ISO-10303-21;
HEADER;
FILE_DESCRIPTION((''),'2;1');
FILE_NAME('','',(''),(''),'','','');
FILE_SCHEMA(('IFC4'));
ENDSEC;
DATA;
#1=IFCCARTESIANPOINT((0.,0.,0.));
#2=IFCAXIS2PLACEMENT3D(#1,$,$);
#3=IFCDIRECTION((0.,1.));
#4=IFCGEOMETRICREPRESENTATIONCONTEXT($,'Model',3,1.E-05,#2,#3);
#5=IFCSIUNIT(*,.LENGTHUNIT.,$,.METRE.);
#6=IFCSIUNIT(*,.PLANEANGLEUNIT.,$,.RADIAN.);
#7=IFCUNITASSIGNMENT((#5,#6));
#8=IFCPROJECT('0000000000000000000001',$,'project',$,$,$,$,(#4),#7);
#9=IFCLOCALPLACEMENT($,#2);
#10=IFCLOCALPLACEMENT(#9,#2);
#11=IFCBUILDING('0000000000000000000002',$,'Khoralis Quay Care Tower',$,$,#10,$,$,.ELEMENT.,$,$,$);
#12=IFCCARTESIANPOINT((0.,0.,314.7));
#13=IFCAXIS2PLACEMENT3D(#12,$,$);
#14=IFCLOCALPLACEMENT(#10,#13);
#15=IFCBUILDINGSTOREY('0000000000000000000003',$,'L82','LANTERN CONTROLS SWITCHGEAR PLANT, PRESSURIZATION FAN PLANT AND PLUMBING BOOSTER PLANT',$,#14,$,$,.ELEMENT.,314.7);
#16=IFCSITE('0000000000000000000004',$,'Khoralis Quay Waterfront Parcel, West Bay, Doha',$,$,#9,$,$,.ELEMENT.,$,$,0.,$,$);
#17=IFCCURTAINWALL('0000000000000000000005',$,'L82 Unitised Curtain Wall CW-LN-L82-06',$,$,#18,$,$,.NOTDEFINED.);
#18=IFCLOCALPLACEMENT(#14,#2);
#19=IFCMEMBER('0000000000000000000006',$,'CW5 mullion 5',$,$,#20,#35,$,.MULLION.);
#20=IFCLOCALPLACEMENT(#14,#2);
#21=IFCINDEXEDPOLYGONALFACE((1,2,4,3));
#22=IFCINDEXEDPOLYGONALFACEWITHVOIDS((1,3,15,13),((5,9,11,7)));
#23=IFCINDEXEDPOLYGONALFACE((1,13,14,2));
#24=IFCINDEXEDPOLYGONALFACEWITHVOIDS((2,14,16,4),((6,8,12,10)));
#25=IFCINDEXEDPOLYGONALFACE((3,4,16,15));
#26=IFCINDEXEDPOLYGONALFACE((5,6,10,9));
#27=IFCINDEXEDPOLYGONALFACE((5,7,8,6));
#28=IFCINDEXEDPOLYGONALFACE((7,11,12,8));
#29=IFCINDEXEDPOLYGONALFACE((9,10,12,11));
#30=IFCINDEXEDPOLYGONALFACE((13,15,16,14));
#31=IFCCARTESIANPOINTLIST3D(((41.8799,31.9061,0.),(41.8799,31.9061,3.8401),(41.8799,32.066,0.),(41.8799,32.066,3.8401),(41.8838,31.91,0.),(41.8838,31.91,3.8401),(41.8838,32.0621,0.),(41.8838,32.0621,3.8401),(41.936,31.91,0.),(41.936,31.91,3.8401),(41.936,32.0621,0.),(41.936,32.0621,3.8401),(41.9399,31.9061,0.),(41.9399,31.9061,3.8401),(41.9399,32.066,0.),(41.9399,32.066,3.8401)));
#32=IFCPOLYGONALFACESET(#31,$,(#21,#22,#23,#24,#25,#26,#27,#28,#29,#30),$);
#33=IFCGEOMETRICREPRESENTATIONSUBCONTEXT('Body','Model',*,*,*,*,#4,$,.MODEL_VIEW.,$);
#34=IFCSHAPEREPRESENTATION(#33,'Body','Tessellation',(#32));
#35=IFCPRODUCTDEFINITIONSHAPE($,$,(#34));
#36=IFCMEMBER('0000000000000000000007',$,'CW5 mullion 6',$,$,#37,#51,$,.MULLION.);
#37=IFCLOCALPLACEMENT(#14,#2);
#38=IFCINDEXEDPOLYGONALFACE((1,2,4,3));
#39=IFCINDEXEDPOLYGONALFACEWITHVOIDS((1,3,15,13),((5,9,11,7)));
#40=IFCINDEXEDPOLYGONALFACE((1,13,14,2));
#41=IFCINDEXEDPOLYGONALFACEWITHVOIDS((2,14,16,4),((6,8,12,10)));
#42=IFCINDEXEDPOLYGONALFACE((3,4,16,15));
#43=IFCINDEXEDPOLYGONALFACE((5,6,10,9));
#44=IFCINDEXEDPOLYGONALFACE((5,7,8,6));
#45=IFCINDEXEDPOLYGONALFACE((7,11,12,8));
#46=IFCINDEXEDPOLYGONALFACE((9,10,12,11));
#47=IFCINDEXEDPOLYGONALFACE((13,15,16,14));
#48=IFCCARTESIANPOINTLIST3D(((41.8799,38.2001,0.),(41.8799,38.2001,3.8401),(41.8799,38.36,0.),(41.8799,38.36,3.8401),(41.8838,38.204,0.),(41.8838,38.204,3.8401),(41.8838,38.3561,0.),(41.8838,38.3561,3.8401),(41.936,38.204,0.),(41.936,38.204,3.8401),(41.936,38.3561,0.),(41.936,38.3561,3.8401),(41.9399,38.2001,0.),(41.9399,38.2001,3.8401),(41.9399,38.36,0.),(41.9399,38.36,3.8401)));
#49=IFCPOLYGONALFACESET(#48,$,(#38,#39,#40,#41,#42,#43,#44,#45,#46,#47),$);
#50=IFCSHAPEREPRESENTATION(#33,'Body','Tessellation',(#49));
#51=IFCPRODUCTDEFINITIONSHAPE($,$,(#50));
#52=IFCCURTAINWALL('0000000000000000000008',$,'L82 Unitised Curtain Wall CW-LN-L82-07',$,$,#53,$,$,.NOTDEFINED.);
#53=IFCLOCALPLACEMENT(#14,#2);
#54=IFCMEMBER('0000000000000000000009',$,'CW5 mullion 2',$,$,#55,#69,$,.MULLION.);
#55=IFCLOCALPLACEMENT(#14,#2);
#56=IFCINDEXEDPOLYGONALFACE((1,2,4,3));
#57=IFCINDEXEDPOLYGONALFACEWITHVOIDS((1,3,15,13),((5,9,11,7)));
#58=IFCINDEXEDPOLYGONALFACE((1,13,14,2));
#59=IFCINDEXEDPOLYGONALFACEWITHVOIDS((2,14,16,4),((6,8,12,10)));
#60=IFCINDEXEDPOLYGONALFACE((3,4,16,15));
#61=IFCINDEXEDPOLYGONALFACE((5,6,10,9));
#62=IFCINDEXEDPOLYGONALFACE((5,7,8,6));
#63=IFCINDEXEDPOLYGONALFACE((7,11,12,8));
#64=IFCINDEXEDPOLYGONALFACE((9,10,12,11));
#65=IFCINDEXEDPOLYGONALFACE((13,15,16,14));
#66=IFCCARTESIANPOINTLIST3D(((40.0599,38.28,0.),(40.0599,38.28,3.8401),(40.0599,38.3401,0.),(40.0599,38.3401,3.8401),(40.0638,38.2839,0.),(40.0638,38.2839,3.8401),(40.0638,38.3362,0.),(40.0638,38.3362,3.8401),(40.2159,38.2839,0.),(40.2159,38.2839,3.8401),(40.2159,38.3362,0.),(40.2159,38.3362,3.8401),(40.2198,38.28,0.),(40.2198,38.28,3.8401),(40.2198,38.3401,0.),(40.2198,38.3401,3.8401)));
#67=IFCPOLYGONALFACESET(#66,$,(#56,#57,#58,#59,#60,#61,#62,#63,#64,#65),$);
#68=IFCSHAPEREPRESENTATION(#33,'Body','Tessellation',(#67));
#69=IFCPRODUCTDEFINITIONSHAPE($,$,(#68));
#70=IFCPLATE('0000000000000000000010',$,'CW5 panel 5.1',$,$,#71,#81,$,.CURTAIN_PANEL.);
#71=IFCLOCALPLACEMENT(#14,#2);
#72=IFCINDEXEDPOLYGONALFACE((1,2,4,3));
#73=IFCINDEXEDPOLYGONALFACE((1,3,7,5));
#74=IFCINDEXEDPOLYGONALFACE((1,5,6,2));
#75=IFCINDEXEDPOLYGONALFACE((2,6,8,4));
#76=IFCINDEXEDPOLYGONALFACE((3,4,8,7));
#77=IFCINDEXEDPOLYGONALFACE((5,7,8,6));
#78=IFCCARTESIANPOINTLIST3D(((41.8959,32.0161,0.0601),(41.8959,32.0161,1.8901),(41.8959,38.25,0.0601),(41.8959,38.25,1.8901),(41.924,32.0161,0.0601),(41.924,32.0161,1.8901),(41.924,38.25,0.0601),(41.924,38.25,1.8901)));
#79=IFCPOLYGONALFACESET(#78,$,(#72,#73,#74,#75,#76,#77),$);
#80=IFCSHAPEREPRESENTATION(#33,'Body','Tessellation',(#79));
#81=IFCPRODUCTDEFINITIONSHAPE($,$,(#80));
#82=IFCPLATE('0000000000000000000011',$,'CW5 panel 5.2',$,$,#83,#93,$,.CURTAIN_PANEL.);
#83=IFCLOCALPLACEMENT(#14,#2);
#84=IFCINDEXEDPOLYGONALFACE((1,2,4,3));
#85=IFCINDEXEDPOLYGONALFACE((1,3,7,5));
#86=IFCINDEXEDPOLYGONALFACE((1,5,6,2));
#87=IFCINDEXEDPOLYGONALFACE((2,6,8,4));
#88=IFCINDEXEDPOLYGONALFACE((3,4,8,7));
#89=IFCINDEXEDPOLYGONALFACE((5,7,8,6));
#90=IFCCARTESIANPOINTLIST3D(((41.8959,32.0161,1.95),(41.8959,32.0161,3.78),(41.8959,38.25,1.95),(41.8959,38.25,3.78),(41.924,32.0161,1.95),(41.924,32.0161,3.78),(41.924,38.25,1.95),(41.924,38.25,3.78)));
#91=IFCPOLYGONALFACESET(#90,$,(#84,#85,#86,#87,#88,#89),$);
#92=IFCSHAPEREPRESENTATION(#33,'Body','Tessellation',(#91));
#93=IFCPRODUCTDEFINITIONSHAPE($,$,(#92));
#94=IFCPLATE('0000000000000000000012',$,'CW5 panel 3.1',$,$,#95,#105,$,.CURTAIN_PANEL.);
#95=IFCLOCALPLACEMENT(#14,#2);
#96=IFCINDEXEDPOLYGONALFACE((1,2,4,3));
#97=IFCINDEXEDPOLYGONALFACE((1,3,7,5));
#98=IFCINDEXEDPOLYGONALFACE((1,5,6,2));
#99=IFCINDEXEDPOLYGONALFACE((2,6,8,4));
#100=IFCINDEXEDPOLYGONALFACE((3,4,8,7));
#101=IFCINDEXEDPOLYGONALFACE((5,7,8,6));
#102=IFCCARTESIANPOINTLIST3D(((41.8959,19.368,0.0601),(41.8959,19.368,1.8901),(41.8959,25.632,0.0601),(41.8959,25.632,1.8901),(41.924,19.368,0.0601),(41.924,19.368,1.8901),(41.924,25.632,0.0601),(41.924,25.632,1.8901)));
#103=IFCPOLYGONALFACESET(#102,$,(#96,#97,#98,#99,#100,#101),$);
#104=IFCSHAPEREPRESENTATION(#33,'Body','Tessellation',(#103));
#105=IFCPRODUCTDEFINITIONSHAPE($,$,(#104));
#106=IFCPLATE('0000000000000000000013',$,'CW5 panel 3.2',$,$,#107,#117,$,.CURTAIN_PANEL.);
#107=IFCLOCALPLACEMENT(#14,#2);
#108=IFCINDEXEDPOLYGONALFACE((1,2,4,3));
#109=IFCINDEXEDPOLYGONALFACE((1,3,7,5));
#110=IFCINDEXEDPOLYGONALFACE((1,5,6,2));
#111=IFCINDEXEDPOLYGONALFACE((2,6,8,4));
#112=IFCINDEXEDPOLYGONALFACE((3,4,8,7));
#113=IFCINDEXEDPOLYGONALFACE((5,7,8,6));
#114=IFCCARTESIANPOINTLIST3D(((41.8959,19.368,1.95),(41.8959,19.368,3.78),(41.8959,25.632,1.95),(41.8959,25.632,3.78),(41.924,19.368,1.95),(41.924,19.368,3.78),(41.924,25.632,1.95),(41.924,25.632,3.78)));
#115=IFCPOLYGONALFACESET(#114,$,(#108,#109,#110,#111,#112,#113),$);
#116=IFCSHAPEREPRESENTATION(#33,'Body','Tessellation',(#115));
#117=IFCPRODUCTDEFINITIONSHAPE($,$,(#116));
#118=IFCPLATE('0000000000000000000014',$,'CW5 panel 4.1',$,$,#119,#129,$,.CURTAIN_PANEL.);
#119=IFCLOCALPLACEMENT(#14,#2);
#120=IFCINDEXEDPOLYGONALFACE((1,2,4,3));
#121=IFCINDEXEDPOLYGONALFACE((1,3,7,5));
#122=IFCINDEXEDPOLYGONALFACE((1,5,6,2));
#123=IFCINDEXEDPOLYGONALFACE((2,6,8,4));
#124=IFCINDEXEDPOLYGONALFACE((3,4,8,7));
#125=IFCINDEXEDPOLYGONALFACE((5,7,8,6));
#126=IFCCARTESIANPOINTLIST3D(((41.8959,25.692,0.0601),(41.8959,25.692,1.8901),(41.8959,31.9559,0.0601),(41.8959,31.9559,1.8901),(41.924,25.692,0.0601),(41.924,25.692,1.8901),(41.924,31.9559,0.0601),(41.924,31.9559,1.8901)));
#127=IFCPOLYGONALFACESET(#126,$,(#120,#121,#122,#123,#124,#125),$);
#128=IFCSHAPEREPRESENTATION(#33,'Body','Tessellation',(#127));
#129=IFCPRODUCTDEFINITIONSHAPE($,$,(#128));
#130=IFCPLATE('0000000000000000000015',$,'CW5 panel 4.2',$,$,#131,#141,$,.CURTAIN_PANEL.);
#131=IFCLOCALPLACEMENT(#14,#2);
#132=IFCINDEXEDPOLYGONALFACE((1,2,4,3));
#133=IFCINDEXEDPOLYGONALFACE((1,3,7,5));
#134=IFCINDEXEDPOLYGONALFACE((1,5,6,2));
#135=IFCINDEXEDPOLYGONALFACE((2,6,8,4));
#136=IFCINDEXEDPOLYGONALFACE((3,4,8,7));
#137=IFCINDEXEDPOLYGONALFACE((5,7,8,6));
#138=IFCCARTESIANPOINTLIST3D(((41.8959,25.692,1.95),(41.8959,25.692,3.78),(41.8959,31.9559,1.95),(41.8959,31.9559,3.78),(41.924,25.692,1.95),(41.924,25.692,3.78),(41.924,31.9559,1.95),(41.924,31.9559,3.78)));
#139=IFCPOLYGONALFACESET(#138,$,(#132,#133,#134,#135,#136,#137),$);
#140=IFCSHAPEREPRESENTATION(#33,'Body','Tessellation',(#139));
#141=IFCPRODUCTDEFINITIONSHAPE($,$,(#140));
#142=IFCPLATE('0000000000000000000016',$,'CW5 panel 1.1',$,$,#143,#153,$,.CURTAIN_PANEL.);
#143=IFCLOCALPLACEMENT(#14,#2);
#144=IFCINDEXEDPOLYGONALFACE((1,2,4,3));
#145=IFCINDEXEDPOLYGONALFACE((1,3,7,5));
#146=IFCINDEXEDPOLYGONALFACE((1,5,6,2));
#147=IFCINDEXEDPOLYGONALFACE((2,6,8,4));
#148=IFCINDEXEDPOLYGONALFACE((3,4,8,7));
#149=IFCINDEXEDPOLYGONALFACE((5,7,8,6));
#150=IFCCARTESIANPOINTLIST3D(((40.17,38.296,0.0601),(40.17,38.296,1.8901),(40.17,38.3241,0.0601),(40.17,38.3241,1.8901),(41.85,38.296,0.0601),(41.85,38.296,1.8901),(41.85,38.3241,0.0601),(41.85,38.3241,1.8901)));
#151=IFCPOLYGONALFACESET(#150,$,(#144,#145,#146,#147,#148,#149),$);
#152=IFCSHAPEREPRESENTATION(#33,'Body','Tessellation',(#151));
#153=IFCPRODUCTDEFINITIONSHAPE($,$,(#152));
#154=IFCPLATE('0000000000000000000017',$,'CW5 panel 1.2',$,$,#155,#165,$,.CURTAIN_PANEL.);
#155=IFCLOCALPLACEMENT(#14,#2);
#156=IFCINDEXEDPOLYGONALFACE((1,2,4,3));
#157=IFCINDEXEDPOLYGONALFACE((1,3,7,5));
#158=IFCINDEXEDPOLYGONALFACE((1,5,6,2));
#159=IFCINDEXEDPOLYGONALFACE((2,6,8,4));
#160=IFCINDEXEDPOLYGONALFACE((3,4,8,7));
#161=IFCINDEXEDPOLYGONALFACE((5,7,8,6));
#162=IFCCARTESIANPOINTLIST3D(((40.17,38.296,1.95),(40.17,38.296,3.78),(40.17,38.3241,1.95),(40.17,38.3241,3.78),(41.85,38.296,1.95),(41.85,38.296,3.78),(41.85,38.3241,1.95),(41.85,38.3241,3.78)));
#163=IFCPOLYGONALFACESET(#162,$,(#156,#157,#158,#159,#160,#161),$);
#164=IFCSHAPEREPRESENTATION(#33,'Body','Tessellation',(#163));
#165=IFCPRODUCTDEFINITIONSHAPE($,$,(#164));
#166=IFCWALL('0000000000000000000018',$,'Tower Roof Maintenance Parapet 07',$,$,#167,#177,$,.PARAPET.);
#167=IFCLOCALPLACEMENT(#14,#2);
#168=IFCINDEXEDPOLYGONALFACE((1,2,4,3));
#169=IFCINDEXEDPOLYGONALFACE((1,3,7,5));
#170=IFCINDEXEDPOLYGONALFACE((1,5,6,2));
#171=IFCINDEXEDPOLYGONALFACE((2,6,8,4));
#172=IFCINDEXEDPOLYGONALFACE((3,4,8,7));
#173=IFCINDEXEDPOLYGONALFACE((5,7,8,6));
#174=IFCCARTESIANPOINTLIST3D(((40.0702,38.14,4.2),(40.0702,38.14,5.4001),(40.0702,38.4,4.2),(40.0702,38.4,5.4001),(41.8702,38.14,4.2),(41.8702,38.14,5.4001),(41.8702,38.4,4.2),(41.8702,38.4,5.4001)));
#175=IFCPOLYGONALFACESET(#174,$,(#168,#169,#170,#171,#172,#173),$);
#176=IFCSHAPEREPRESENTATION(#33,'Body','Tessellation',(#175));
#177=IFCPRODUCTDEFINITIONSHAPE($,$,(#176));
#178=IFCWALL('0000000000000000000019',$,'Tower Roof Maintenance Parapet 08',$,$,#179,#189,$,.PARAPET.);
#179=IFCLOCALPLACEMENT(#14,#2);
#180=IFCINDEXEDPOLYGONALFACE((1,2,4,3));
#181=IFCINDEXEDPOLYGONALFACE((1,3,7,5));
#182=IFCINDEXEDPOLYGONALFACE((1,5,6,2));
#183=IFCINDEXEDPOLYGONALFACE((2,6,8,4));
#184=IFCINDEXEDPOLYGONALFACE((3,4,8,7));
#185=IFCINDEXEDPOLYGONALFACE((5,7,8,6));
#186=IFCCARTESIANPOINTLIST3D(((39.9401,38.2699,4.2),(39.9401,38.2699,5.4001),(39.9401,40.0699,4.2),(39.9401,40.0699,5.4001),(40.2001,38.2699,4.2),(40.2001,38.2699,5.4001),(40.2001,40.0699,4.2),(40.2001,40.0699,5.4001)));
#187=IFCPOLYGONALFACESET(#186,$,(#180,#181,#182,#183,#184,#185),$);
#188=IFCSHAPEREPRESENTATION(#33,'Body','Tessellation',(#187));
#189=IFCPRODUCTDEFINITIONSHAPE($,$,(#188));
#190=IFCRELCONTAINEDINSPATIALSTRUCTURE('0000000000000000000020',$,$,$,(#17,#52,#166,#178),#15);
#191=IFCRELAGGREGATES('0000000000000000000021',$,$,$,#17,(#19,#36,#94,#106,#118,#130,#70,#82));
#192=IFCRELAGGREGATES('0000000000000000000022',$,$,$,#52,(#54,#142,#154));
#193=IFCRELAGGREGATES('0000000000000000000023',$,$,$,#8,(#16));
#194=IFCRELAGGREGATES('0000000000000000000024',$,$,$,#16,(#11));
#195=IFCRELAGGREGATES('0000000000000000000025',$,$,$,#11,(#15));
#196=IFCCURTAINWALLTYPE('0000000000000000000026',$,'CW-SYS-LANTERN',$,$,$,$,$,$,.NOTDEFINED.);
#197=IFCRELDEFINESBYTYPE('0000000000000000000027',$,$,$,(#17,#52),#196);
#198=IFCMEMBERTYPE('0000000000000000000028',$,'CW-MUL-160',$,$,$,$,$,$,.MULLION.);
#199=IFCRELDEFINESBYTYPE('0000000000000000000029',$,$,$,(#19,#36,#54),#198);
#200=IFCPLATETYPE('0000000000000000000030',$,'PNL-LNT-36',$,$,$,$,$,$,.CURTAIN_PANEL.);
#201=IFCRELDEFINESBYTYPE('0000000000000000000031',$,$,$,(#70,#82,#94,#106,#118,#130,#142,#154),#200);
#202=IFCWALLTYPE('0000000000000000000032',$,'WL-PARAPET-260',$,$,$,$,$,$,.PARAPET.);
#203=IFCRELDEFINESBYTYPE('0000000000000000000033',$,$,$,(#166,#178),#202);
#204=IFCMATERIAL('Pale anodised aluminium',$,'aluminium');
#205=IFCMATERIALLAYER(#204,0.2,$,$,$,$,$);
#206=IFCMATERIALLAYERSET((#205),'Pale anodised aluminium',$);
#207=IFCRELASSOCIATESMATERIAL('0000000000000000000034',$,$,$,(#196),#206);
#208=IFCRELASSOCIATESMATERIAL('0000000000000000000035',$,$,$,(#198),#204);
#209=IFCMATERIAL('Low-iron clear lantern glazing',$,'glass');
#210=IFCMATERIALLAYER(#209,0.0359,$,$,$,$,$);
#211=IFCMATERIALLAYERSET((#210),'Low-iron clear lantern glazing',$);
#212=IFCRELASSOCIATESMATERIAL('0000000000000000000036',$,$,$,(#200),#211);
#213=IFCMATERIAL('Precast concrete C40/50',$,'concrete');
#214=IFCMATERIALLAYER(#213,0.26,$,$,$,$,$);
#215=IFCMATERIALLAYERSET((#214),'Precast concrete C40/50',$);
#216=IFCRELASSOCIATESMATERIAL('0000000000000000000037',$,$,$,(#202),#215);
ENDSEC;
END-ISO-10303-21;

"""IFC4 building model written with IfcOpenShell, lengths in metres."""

from ifc_helpers import new_model, si_unit, direction, frame, frame_2d, origin, origin_2d, place, context, subcontext, project, spatial, rectangle, hollow_rectangle, extrude, source, transform, mapped, material, layer, layer_set, material_profile, profile_set, type_object, element, aggregate, save


model = new_model("IFC4")

# Units and contexts
model_context = context("Model", 3, precision=1e-05, world=origin(), true_north=direction((0.0, 1.0)))
body_context = subcontext(model_context, "Body", "Model", "MODEL_VIEW")
ifc_project = project(units=[si_unit("LENGTHUNIT", "METRE"), si_unit("PLANEANGLEUNIT", "RADIAN")], contexts=[model_context])

# Site, building, storey
site_placement = place(None, origin())
site = spatial("IfcSite", under=ifc_project, at=site_placement, Name="Khoralis Quay Waterfront Parcel, West Bay, Doha", CompositionType="ELEMENT", RefElevation=0.0)
building_placement = place(site_placement, origin())
building = spatial("IfcBuilding", under=site, at=building_placement, Name="Khoralis Quay Care Tower", CompositionType="ELEMENT")
storey_placement = place(building_placement, frame((0.0, 0.0, 314.7)))
storey = spatial("IfcBuildingStorey", under=building, at=storey_placement, Name="L82", Description="LANTERN CONTROLS SWITCHGEAR PLANT, PRESSURIZATION FAN PLANT AND PLUMBING BOOSTER PLANT", CompositionType="ELEMENT", Elevation=314.7)

# Curtain wall, members
ifc_material_1 = material(Name="Pale anodised aluminium", Category="aluminium")
ifc_layer_1 = layer(ifc_material_1, 0.2)
ifc_layer_set_1 = layer_set([ifc_layer_1], Name="Pale anodised aluminium")
curtain_wall_type = type_object("IfcCurtainWallType", Name="CW-SYS-LANTERN", PredefinedType="NOTDEFINED", material=ifc_layer_set_1)
curtain_wall_1_placement = place(storey_placement, origin())
curtain_wall_1 = element("IfcCurtainWall", 1, at=curtain_wall_1_placement, inside=storey, type_object=curtain_wall_type, Name="L82 Unitised Curtain Wall CW-LN-L82-06", PredefinedType="NOTDEFINED")
ifc_material_profile_1 = material_profile(ifc_material_1, hollow_rectangle(XDim=0.0601, YDim=0.1599, WallThickness=0.0039, at=origin_2d()), Name="Pale anodised aluminium")
ifc_profile_set_1 = profile_set([ifc_material_profile_1], Name="Pale anodised aluminium")
member_type_1 = type_object("IfcMemberType", Name="CW-MUL-160", PredefinedType="MULLION", material=ifc_profile_set_1)
shared_shape_1 = source(origin(), body_context, "Body", "SweptSolid", [
    extrude(hollow_rectangle(XDim=0.0601, YDim=0.1599, WallThickness=0.0039, at=origin_2d()), origin(), (0.0, 0.0, 1.0), 3.8401),
])
member_1_placement = place(storey_placement, frame((41.9099, 31.9861, 0.0), z_axis=(0.0, 0.0, 1.0), x_axis=(-1.0, 0.0, 0.0)))
member_1 = element("IfcMember", 2, at=member_1_placement, type_object=member_type_1, Name="CW5 mullion 5", PredefinedType="MULLION", context=body_context, shape_type="MappedRepresentation", body=[
    mapped(shared_shape_1, transform((0.0, 0.0, 0.0), scale=1.0)),
])
member_2_placement = place(storey_placement, frame((41.9099, 38.28, 0.0), z_axis=(0.0, 0.0, 1.0), x_axis=(-1.0, 0.0, 0.0)))
member_2 = element("IfcMember", 3, at=member_2_placement, type_object=member_type_1, Name="CW5 mullion 6", PredefinedType="MULLION", context=body_context, shape_type="MappedRepresentation", body=[
    mapped(shared_shape_1, transform((0.0, 0.0, 0.0), scale=1.0)),
])

# Curtain wall, member
curtain_wall_2_placement = place(storey_placement, origin())
curtain_wall_2 = element("IfcCurtainWall", 4, at=curtain_wall_2_placement, inside=storey, type_object=curtain_wall_type, Name="L82 Unitised Curtain Wall CW-LN-L82-07", PredefinedType="NOTDEFINED")
member_3_placement = place(storey_placement, frame((40.1399, 38.3101, 0.0), z_axis=(0.0, 0.0, 1.0), x_axis=(0.0, -1.0, 0.0)))
member_3 = element("IfcMember", 5, at=member_3_placement, type_object=member_type_1, Name="CW5 mullion 2", PredefinedType="MULLION", context=body_context, shape_type="MappedRepresentation", body=[
    mapped(shared_shape_1, transform((0.0, 0.0, 0.0), scale=1.0)),
])

# Plates
ifc_material_2 = material(Name="Low-iron clear lantern glazing", Category="glass")
ifc_layer_2 = layer(ifc_material_2, 0.0359)
ifc_layer_set_2 = layer_set([ifc_layer_2], Name="Low-iron clear lantern glazing")
plate_type = type_object("IfcPlateType", Name="PNL-LNT-36", PredefinedType="CURTAIN_PANEL", material=ifc_layer_set_2)
shared_shape_2 = source(origin(), body_context, "Body", "SweptSolid", [
    extrude(rectangle(XDim=6.2339, YDim=0.0281, at=origin_2d()), origin(), (0.0, 0.0, 1.0), 1.8301),
])
plate_1_placement = place(storey_placement, frame((41.9099, 35.1331, 0.0601), z_axis=(0.0, 0.0, 1.0), x_axis=(0.0, 1.0, 0.0)))
plate_1 = element("IfcPlate", 6, at=plate_1_placement, type_object=plate_type, Name="CW5 panel 5.1", PredefinedType="CURTAIN_PANEL", context=body_context, shape_type="MappedRepresentation", body=[
    mapped(shared_shape_2, transform((0.0, 0.0, 0.0), scale=1.0)),
])
plate_2_placement = place(storey_placement, frame((41.9099, 35.1331, 1.95), z_axis=(0.0, 0.0, 1.0), x_axis=(0.0, 1.0, 0.0)))
plate_2 = element("IfcPlate", 7, at=plate_2_placement, type_object=plate_type, Name="CW5 panel 5.2", PredefinedType="CURTAIN_PANEL", context=body_context, shape_type="MappedRepresentation", body=[
    mapped(shared_shape_2, transform((0.0, 0.0, 0.0), scale=1.0)),
])
shared_shape_3 = source(origin(), body_context, "Body", "SweptSolid", [
    extrude(rectangle(XDim=6.2639, YDim=0.0281, at=origin_2d()), origin(), (0.0, 0.0, 1.0), 1.8301),
])
plate_3_placement = place(storey_placement, frame((41.9099, 22.5, 0.0601), z_axis=(0.0, 0.0, 1.0), x_axis=(0.0, 1.0, 0.0)))
plate_3 = element("IfcPlate", 8, at=plate_3_placement, type_object=plate_type, Name="CW5 panel 3.1", PredefinedType="CURTAIN_PANEL", context=body_context, shape_type="MappedRepresentation", body=[
    mapped(shared_shape_3, transform((0.0, 0.0, 0.0), scale=1.0)),
])
plate_4_placement = place(storey_placement, frame((41.9099, 22.5, 1.95), z_axis=(0.0, 0.0, 1.0), x_axis=(0.0, 1.0, 0.0)))
plate_4 = element("IfcPlate", 9, at=plate_4_placement, type_object=plate_type, Name="CW5 panel 3.2", PredefinedType="CURTAIN_PANEL", context=body_context, shape_type="MappedRepresentation", body=[
    mapped(shared_shape_3, transform((0.0, 0.0, 0.0), scale=1.0)),
])
plate_5_placement = place(storey_placement, frame((41.9099, 28.824, 0.0601), z_axis=(0.0, 0.0, 1.0), x_axis=(0.0, 1.0, 0.0)))
plate_5 = element("IfcPlate", 10, at=plate_5_placement, type_object=plate_type, Name="CW5 panel 4.1", PredefinedType="CURTAIN_PANEL", context=body_context, shape_type="MappedRepresentation", body=[
    mapped(shared_shape_3, transform((0.0, 0.0, 0.0), scale=1.0)),
])
plate_6_placement = place(storey_placement, frame((41.9099, 28.824, 1.95), z_axis=(0.0, 0.0, 1.0), x_axis=(0.0, 1.0, 0.0)))
plate_6 = element("IfcPlate", 11, at=plate_6_placement, type_object=plate_type, Name="CW5 panel 4.2", PredefinedType="CURTAIN_PANEL", context=body_context, shape_type="MappedRepresentation", body=[
    mapped(shared_shape_3, transform((0.0, 0.0, 0.0), scale=1.0)),
])
aggregate(curtain_wall_1, [member_1, member_2, plate_3, plate_4, plate_5, plate_6, plate_1, plate_2])
shared_shape_4 = source(origin(), body_context, "Body", "SweptSolid", [
    extrude(rectangle(XDim=1.6799, YDim=0.0281, at=origin_2d()), origin(), (0.0, 0.0, 1.0), 1.8301),
])
plate_7_placement = place(storey_placement, frame((41.01, 38.3101, 0.0601), z_axis=(0.0, 0.0, 1.0), x_axis=(-1.0, 0.0, 0.0)))
plate_7 = element("IfcPlate", 12, at=plate_7_placement, type_object=plate_type, Name="CW5 panel 1.1", PredefinedType="CURTAIN_PANEL", context=body_context, shape_type="MappedRepresentation", body=[
    mapped(shared_shape_4, transform((0.0, 0.0, 0.0), scale=1.0)),
])
plate_8_placement = place(storey_placement, frame((41.01, 38.3101, 1.95), z_axis=(0.0, 0.0, 1.0), x_axis=(-1.0, 0.0, 0.0)))
plate_8 = element("IfcPlate", 13, at=plate_8_placement, type_object=plate_type, Name="CW5 panel 1.2", PredefinedType="CURTAIN_PANEL", context=body_context, shape_type="MappedRepresentation", body=[
    mapped(shared_shape_4, transform((0.0, 0.0, 0.0), scale=1.0)),
])
aggregate(curtain_wall_2, [member_3, plate_7, plate_8])

# Walls
ifc_material_3 = material(Name="Precast concrete C40/50", Category="concrete")
ifc_layer_3 = layer(ifc_material_3, 0.26)
ifc_layer_set_3 = layer_set([ifc_layer_3], Name="Precast concrete C40/50")
wall_type = type_object("IfcWallType", Name="WL-PARAPET-260", PredefinedType="PARAPET", material=ifc_layer_set_3)
for number, where, z_axis, x_axis, name in (
    (14, (41.8701, 38.27, 4.2), (0.0, 0.0, 1.0), (-1.0, 0.0, 0.0), "Tower Roof Maintenance Parapet 07"),
    (15, (40.0701, 38.27, 4.2), (0.0, 0.0, 1.0), (0.0, 1.0, 0.0), "Tower Roof Maintenance Parapet 08"),
):
    element("IfcWall", number, at=place(storey_placement, frame(where, z_axis=z_axis, x_axis=x_axis)), inside=storey, type_object=wall_type, Name=name, PredefinedType="PARAPET", context=body_context, shape_type="SweptSolid", body=[
        extrude(rectangle(XDim=1.8, YDim=0.26, at=frame_2d((0.8999, 0.0))), origin(), (0.0, 0.0, 1.0), 1.2002),
    ])

save(model, "model.ifc")
